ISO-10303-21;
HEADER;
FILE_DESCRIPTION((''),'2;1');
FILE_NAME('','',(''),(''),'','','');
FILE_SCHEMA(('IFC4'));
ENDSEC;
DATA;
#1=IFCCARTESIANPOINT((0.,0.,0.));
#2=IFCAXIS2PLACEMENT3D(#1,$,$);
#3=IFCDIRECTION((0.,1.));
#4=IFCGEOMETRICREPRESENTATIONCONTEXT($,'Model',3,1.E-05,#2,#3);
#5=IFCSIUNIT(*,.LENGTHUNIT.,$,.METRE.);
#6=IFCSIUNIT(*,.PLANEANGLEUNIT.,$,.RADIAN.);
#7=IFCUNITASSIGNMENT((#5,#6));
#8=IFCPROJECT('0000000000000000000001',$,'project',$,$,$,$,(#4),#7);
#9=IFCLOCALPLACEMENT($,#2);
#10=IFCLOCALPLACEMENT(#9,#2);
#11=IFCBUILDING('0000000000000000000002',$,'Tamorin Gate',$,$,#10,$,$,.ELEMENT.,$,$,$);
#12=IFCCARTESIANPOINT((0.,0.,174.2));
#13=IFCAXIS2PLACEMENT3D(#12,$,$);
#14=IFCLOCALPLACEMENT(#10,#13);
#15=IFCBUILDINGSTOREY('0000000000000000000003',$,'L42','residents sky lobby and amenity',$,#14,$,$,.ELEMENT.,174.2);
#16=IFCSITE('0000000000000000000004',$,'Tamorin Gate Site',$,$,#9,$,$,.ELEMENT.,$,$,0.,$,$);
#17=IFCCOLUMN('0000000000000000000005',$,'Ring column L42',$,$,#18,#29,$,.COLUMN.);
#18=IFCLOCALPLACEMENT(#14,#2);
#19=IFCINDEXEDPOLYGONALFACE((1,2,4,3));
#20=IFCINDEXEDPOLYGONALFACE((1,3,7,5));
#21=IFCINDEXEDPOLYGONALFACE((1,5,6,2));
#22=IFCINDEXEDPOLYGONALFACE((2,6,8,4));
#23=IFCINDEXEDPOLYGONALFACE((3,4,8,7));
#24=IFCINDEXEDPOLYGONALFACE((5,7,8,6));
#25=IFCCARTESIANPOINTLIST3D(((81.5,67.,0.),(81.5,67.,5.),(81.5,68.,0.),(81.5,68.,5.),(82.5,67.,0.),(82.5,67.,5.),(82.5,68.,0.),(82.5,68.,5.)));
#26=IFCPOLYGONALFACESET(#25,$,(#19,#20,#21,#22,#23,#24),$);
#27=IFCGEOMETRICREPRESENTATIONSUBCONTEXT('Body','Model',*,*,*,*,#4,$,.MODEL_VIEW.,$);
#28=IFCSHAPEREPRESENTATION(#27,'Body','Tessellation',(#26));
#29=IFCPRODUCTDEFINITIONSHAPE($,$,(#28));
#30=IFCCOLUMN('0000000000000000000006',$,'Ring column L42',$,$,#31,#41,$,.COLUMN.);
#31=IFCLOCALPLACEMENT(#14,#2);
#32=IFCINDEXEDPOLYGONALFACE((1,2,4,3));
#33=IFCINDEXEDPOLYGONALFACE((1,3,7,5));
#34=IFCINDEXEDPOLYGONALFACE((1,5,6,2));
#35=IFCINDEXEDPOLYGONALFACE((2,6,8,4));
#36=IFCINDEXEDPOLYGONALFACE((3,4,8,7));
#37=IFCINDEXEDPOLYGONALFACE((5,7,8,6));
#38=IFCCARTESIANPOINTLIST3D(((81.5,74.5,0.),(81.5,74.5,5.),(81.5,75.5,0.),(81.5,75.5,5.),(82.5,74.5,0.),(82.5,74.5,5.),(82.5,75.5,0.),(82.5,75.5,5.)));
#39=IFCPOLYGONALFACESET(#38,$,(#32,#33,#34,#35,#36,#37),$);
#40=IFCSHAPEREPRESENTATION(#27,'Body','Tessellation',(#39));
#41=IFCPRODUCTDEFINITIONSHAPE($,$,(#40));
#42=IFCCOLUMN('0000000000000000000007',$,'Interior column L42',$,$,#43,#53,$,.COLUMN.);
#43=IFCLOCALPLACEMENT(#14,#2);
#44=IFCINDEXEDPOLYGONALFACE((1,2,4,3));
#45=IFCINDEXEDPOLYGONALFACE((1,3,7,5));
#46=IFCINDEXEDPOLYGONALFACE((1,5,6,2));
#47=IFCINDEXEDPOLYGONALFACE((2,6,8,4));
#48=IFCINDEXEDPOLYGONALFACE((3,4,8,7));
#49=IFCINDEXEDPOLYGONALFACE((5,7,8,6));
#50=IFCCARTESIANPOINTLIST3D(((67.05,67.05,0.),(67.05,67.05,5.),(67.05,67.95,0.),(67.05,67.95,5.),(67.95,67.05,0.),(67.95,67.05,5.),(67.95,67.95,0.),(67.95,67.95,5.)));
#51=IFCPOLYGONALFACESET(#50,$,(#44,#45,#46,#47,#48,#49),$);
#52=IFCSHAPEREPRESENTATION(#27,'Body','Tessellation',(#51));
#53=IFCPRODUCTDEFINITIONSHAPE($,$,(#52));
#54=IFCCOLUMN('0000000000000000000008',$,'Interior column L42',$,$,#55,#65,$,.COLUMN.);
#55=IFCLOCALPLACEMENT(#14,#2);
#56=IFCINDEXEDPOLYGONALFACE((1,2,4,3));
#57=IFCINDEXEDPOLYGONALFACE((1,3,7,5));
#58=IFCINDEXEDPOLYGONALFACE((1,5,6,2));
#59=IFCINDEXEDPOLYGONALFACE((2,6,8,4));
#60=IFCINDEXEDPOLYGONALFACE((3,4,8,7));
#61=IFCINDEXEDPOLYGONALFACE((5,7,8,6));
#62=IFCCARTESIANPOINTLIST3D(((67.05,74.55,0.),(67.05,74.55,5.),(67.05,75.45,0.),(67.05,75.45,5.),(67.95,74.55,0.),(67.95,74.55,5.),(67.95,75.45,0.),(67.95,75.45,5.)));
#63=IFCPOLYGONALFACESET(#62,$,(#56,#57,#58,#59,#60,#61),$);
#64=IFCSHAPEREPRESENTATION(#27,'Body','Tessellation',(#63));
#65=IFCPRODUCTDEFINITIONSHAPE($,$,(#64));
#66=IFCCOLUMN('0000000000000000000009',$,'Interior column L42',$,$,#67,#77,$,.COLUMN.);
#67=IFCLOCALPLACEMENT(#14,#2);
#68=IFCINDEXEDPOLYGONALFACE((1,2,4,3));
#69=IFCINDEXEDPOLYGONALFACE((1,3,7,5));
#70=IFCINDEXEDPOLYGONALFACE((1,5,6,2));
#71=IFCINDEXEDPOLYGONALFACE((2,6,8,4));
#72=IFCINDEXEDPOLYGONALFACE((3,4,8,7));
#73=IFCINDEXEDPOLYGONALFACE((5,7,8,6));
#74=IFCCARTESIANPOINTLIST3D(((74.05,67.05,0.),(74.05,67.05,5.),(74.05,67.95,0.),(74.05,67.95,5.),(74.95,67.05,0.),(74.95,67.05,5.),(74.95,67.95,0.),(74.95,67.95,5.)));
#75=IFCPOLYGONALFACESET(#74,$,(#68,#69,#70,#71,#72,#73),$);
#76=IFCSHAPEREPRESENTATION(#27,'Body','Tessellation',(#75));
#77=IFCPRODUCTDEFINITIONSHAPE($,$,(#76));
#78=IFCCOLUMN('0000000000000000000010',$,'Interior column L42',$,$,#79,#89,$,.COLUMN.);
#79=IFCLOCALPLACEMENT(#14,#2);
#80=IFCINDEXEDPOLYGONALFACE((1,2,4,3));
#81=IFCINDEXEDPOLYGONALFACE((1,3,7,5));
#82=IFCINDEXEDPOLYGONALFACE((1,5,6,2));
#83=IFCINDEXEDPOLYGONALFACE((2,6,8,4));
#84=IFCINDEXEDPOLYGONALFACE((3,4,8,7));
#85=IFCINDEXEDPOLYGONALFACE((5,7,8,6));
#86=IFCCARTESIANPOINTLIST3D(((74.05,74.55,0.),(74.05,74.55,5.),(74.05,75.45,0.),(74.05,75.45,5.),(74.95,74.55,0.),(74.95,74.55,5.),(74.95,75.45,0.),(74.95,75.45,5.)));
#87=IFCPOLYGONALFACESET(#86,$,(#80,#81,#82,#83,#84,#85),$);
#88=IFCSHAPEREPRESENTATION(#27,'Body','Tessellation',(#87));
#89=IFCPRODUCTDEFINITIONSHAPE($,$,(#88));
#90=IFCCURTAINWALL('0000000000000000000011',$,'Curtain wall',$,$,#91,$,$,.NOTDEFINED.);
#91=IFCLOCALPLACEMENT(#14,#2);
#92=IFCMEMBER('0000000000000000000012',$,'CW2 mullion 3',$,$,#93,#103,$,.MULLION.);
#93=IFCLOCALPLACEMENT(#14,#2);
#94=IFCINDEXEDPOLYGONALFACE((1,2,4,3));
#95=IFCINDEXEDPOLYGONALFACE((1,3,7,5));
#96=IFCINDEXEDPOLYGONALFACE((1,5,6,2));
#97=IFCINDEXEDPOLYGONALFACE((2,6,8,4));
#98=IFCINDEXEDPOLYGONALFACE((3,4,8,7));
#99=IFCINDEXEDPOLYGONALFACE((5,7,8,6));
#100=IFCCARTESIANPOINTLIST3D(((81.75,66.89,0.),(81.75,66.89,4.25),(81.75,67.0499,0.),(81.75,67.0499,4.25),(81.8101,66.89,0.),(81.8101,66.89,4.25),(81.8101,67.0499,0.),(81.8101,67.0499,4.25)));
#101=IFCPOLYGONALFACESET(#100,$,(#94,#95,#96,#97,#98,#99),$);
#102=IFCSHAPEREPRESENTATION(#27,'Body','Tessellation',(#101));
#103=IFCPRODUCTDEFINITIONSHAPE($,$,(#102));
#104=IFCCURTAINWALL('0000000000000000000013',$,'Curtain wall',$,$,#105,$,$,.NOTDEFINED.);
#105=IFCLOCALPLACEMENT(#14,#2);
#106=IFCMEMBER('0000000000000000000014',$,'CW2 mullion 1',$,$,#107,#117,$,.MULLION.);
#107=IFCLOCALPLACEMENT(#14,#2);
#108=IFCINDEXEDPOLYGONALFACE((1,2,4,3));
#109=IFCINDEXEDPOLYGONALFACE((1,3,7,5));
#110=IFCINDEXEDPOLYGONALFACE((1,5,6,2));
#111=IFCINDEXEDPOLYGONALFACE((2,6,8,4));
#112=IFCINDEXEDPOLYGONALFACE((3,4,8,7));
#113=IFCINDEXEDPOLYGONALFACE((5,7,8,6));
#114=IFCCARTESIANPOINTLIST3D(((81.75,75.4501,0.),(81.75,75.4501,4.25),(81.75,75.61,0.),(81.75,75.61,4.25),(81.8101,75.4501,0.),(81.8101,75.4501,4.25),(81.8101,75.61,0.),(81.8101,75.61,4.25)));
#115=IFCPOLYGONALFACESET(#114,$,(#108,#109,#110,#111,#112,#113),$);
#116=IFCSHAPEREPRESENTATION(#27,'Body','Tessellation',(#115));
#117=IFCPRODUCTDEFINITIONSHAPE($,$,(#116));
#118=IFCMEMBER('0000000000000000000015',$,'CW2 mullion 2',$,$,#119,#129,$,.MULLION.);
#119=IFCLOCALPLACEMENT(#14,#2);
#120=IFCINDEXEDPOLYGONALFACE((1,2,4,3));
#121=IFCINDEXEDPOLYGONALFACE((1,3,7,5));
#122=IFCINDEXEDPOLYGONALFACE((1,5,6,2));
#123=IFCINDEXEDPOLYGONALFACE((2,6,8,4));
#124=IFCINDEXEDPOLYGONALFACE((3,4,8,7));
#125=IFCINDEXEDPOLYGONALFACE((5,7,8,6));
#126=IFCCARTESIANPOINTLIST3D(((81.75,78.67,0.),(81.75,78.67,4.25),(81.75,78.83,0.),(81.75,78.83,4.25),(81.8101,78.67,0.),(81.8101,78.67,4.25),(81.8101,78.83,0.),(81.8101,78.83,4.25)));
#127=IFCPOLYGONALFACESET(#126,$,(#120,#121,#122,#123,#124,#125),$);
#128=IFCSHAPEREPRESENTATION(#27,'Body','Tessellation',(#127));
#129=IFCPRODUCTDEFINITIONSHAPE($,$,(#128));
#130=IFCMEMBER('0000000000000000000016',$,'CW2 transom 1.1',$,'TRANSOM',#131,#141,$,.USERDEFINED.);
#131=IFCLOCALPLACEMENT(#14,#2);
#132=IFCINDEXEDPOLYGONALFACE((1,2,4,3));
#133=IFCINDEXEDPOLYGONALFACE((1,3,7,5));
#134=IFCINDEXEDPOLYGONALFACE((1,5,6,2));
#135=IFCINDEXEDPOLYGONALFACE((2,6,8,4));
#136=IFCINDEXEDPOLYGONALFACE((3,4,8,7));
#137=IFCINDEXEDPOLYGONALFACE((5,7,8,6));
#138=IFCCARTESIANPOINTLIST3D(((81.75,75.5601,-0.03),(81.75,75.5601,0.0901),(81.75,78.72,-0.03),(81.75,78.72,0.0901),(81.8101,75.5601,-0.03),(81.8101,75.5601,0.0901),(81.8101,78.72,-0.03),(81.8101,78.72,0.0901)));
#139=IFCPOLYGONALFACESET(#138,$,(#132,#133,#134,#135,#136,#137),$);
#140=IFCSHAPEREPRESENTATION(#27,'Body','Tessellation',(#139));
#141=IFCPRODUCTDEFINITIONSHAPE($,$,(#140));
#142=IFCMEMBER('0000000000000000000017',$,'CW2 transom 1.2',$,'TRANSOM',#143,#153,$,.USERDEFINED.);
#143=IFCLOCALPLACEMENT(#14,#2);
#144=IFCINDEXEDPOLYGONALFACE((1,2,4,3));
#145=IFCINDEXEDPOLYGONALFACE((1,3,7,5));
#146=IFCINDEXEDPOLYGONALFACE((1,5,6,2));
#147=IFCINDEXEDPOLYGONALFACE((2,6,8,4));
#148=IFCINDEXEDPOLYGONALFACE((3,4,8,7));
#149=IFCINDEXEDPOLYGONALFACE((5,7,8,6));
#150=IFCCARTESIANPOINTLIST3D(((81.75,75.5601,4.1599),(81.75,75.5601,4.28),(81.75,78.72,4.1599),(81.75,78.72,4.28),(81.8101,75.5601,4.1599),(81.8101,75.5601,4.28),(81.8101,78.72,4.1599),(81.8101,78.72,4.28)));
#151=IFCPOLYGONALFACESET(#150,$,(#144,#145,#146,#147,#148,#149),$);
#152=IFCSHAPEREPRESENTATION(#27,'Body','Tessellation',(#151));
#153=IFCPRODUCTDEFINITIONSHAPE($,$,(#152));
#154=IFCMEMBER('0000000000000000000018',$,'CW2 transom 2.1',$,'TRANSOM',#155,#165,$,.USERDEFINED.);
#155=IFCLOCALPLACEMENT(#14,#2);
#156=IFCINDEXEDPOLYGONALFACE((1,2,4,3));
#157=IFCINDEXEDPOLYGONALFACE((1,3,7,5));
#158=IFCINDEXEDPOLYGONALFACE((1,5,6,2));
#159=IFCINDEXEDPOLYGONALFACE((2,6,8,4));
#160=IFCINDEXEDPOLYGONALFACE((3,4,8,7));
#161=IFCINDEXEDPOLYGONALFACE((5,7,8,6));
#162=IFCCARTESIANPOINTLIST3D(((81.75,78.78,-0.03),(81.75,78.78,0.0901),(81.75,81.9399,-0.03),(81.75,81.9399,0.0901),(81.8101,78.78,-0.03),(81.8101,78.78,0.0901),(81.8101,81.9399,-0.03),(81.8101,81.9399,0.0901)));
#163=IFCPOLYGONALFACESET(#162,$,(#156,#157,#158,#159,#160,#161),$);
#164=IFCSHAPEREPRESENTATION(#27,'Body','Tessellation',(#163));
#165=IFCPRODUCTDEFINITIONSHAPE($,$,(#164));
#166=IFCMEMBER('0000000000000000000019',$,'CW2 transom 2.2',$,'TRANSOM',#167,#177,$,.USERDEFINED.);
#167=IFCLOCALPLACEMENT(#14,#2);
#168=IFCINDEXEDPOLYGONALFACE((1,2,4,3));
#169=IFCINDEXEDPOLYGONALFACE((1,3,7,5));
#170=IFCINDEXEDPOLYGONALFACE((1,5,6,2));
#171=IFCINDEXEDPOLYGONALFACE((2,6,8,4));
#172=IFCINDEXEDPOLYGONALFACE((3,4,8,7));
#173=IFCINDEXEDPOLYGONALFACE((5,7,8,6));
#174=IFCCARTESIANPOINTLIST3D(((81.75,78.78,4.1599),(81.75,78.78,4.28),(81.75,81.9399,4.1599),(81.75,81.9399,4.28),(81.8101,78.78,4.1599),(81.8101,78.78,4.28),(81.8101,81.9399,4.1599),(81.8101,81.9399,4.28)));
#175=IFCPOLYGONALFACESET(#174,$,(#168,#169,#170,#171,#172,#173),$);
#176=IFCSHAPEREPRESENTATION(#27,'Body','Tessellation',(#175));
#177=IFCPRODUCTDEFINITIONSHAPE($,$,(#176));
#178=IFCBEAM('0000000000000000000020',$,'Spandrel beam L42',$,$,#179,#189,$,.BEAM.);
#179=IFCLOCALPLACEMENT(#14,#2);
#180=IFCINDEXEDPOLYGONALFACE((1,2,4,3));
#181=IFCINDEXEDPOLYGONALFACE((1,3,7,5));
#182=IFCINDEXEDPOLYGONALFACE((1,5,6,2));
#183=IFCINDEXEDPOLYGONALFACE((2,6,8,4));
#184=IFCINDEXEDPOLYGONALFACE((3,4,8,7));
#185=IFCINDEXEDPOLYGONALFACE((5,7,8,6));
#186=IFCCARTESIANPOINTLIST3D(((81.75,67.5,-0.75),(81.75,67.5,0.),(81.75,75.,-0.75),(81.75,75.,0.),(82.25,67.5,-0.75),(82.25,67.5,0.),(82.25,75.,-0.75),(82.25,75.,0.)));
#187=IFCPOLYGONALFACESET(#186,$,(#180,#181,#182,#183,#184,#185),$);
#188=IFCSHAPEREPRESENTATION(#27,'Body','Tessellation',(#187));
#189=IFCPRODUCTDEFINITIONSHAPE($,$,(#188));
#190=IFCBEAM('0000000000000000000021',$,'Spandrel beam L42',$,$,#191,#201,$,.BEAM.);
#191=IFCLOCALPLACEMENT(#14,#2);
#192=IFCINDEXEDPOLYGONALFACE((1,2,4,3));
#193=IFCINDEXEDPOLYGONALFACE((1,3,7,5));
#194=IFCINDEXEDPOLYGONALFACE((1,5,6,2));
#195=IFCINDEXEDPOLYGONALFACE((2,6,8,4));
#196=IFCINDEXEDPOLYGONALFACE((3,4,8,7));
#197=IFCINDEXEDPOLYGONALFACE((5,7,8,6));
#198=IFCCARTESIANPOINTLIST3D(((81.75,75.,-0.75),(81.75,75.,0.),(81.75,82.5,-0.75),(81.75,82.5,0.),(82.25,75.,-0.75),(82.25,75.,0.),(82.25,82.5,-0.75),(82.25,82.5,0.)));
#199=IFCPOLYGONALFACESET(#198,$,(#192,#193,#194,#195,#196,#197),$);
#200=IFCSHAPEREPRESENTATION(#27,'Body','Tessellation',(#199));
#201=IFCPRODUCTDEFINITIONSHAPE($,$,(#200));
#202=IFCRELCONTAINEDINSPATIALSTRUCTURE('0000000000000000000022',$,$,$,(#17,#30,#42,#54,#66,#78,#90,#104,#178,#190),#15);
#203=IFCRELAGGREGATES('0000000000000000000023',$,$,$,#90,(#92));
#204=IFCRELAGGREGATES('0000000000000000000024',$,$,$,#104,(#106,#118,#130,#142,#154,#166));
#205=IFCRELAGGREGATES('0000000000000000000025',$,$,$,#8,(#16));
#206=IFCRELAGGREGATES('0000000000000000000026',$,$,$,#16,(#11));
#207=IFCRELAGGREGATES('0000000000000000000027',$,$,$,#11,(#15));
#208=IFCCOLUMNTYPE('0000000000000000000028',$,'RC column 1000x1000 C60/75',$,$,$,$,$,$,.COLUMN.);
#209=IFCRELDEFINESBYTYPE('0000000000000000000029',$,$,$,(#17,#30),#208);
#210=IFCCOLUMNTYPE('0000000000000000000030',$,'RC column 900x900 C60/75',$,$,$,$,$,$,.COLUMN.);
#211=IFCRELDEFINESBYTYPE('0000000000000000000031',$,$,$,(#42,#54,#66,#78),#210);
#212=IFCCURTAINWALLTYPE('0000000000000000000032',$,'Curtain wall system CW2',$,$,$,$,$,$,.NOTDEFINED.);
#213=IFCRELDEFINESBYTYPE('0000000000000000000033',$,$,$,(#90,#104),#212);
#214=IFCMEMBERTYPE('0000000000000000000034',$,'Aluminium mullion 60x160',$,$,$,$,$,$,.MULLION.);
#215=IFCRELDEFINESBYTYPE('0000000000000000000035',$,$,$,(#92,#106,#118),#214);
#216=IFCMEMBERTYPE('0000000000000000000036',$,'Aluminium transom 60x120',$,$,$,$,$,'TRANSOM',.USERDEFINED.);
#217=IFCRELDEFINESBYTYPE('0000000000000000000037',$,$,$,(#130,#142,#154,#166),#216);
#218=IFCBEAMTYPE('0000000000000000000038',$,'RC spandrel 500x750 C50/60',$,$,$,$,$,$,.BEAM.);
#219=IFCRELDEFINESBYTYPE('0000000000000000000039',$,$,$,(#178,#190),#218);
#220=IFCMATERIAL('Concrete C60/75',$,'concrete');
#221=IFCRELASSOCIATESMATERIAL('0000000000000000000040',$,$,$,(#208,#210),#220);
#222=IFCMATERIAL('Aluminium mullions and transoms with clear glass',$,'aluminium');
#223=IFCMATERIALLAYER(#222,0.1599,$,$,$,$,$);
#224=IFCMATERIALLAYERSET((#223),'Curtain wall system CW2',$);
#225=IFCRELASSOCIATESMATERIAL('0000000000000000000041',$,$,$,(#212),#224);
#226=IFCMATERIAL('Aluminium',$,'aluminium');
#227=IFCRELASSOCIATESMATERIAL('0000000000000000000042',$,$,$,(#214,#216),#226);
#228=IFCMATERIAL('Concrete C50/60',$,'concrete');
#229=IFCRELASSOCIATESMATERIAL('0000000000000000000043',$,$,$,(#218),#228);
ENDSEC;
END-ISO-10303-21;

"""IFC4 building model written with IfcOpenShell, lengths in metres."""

from ifc_helpers import new_model, si_unit, direction, frame, origin, origin_2d, place, context, subcontext, project, spatial, rectangle, extrude, material, layer, layer_set, material_profile, profile_set, type_object, element, aggregate, save


model = new_model("IFC4")

# Units and contexts
model_context = context("Model", 3, precision=1e-05, world=origin(), true_north=direction((0.0, 1.0)))
body_context = subcontext(model_context, "Body", "Model", "MODEL_VIEW")
ifc_project = project(units=[si_unit("LENGTHUNIT", "METRE"), si_unit("PLANEANGLEUNIT", "RADIAN")], contexts=[model_context])

# Site, building, storey
site_placement = place(None, origin())
site = spatial("IfcSite", under=ifc_project, at=site_placement, Name="Tamorin Gate Site", CompositionType="ELEMENT", RefElevation=0.0)
building_placement = place(site_placement, origin())
building = spatial("IfcBuilding", under=site, at=building_placement, Name="Tamorin Gate", CompositionType="ELEMENT")
storey_placement = place(building_placement, frame((0.0, 0.0, 174.2)))
storey = spatial("IfcBuildingStorey", under=building, at=storey_placement, Name="L42", Description="residents sky lobby and amenity", CompositionType="ELEMENT", Elevation=174.2)

# Columns
ifc_material_1 = material(Name="Concrete C60/75", Category="concrete")
ifc_material_profile_1 = material_profile(ifc_material_1, rectangle(XDim=1.0, YDim=1.0, at=origin_2d()), Name="RC 1000x1000")
ifc_profile_set_1 = profile_set([ifc_material_profile_1], Name="Concrete C60/75")
column_type_1 = type_object("IfcColumnType", Name="RC column 1000x1000 C60/75", PredefinedType="COLUMN", material=ifc_profile_set_1)
for number, where, z_axis, x_axis, name in (
    (1, (82.0, 67.5, 0.0), (0.0, 0.0, 1.0), (1.0, 0.0, 0.0), "Ring column L42"),
    (2, (82.0, 75.0, 0.0), (0.0, 0.0, 1.0), (1.0, 0.0, 0.0), "Ring column L42"),
):
    element("IfcColumn", number, at=place(storey_placement, frame(where, z_axis=z_axis, x_axis=x_axis)), inside=storey, type_object=column_type_1, Name=name, PredefinedType="COLUMN", context=body_context, shape_type="SweptSolid", body=[
        extrude(rectangle(XDim=1.0, YDim=1.0, at=origin_2d()), origin(), (0.0, 0.0, 1.0), 5.0),
    ])
ifc_material_profile_2 = material_profile(ifc_material_1, rectangle(XDim=0.8999, YDim=0.8999, at=origin_2d()), Name="RC 900x900")
ifc_profile_set_2 = profile_set([ifc_material_profile_2], Name="Concrete C60/75")
column_type_2 = type_object("IfcColumnType", Name="RC column 900x900 C60/75", PredefinedType="COLUMN", material=ifc_profile_set_2)
for number, where, z_axis, x_axis, name in (
    (3, (67.5, 67.5, 0.0), (0.0, 0.0, 1.0), (1.0, 0.0, 0.0), "Interior column L42"),
    (4, (67.5, 75.0, 0.0), (0.0, 0.0, 1.0), (1.0, 0.0, 0.0), "Interior column L42"),
    (5, (74.5, 67.5, 0.0), (0.0, 0.0, 1.0), (1.0, 0.0, 0.0), "Interior column L42"),
    (6, (74.5, 75.0, 0.0), (0.0, 0.0, 1.0), (1.0, 0.0, 0.0), "Interior column L42"),
):
    element("IfcColumn", number, at=place(storey_placement, frame(where, z_axis=z_axis, x_axis=x_axis)), inside=storey, type_object=column_type_2, Name=name, PredefinedType="COLUMN", context=body_context, shape_type="SweptSolid", body=[
        extrude(rectangle(XDim=0.8999, YDim=0.8999, at=origin_2d()), origin(), (0.0, 0.0, 1.0), 5.0),
    ])

# Curtain wall, member
ifc_material_2 = material(Name="Aluminium mullions and transoms with clear glass", Category="aluminium")
ifc_layer_1 = layer(ifc_material_2, 0.1599)
ifc_layer_set_1 = layer_set([ifc_layer_1], Name="Curtain wall system CW2")
curtain_wall_type = type_object("IfcCurtainWallType", Name="Curtain wall system CW2", PredefinedType="NOTDEFINED", material=ifc_layer_set_1)
curtain_wall_1_placement = place(storey_placement, origin())
curtain_wall_1 = element("IfcCurtainWall", 7, at=curtain_wall_1_placement, inside=storey, type_object=curtain_wall_type, Name="Curtain wall", PredefinedType="NOTDEFINED")
ifc_material_3 = material(Name="Aluminium", Category="aluminium")
ifc_material_profile_3 = material_profile(ifc_material_3, rectangle(XDim=0.0601, YDim=0.1599, at=origin_2d()), Name="RECT 60x160")
ifc_profile_set_3 = profile_set([ifc_material_profile_3], Name="Aluminium")
member_type_1 = type_object("IfcMemberType", Name="Aluminium mullion 60x160", PredefinedType="MULLION", material=ifc_profile_set_3)
member_1_placement = place(storey_placement, frame((81.78, 66.97, 0.0), z_axis=(0.0, 0.0, 1.0), x_axis=(-1.0, 0.0, 0.0)))
member_1 = element("IfcMember", 8, at=member_1_placement, type_object=member_type_1, Name="CW2 mullion 3", PredefinedType="MULLION", context=body_context, shape_type="SweptSolid", body=[
    extrude(rectangle(XDim=0.0601, YDim=0.1599, at=origin_2d()), origin(), (0.0, 0.0, 1.0), 4.25),
])

# Curtain wall, members
curtain_wall_2_placement = place(storey_placement, origin())
curtain_wall_2 = element("IfcCurtainWall", 9, at=curtain_wall_2_placement, inside=storey, type_object=curtain_wall_type, Name="Curtain wall", PredefinedType="NOTDEFINED")
member_2_placement = place(storey_placement, frame((81.78, 75.53, 0.0), z_axis=(0.0, 0.0, 1.0), x_axis=(-1.0, 0.0, 0.0)))
member_2 = element("IfcMember", 10, at=member_2_placement, type_object=member_type_1, Name="CW2 mullion 1", PredefinedType="MULLION", context=body_context, shape_type="SweptSolid", body=[
    extrude(rectangle(XDim=0.0601, YDim=0.1599, at=origin_2d()), origin(), (0.0, 0.0, 1.0), 4.25),
])
member_3_placement = place(storey_placement, frame((81.78, 78.75, 0.0), z_axis=(0.0, 0.0, 1.0), x_axis=(-1.0, 0.0, 0.0)))
member_3 = element("IfcMember", 11, at=member_3_placement, type_object=member_type_1, Name="CW2 mullion 2", PredefinedType="MULLION", context=body_context, shape_type="SweptSolid", body=[
    extrude(rectangle(XDim=0.0601, YDim=0.1599, at=origin_2d()), origin(), (0.0, 0.0, 1.0), 4.25),
])
ifc_material_profile_4 = material_profile(ifc_material_3, rectangle(XDim=0.0601, YDim=0.1201, at=origin_2d()), Name="RECT 60x120")
ifc_profile_set_4 = profile_set([ifc_material_profile_4], Name="Aluminium")
member_type_2 = type_object("IfcMemberType", Name="Aluminium transom 60x120", ElementType="TRANSOM", PredefinedType="USERDEFINED", material=ifc_profile_set_4)
member_4_placement = place(storey_placement, frame((81.78, 75.5601, 0.03), z_axis=(0.0, 1.0, 0.0), x_axis=(-1.0, 0.0, 0.0)))
member_4 = element("IfcMember", 12, at=member_4_placement, type_object=member_type_2, Name="CW2 transom 1.1", ObjectType="TRANSOM", PredefinedType="USERDEFINED", context=body_context, shape_type="SweptSolid", body=[
    extrude(rectangle(XDim=0.0601, YDim=0.1201, at=origin_2d()), origin(), (0.0, 0.0, 1.0), 3.1599),
])
member_5_placement = place(storey_placement, frame((81.78, 75.5601, 4.22), z_axis=(0.0, 1.0, 0.0), x_axis=(-1.0, 0.0, 0.0)))
member_5 = element("IfcMember", 13, at=member_5_placement, type_object=member_type_2, Name="CW2 transom 1.2", ObjectType="TRANSOM", PredefinedType="USERDEFINED", context=body_context, shape_type="SweptSolid", body=[
    extrude(rectangle(XDim=0.0601, YDim=0.1201, at=origin_2d()), origin(), (0.0, 0.0, 1.0), 3.1599),
])
member_6_placement = place(storey_placement, frame((81.78, 78.78, 0.03), z_axis=(0.0, 1.0, 0.0), x_axis=(-1.0, 0.0, 0.0)))
member_6 = element("IfcMember", 14, at=member_6_placement, type_object=member_type_2, Name="CW2 transom 2.1", ObjectType="TRANSOM", PredefinedType="USERDEFINED", context=body_context, shape_type="SweptSolid", body=[
    extrude(rectangle(XDim=0.0601, YDim=0.1201, at=origin_2d()), origin(), (0.0, 0.0, 1.0), 3.1599),
])
member_7_placement = place(storey_placement, frame((81.78, 78.78, 4.22), z_axis=(0.0, 1.0, 0.0), x_axis=(-1.0, 0.0, 0.0)))
member_7 = element("IfcMember", 15, at=member_7_placement, type_object=member_type_2, Name="CW2 transom 2.2", ObjectType="TRANSOM", PredefinedType="USERDEFINED", context=body_context, shape_type="SweptSolid", body=[
    extrude(rectangle(XDim=0.0601, YDim=0.1201, at=origin_2d()), origin(), (0.0, 0.0, 1.0), 3.1599),
])

# Beams
ifc_material_4 = material(Name="Concrete C50/60", Category="concrete")
ifc_material_profile_5 = material_profile(ifc_material_4, rectangle(XDim=0.5, YDim=0.75, at=origin_2d()), Name="RC 500x750")
ifc_profile_set_5 = profile_set([ifc_material_profile_5], Name="Concrete C50/60")
beam_type = type_object("IfcBeamType", Name="RC spandrel 500x750 C50/60", PredefinedType="BEAM", material=ifc_profile_set_5)
for number, where, z_axis, x_axis, name in (
    (16, (82.0, 67.5, -0.375), (0.0, 1.0, 0.0), (-1.0, 0.0, 0.0), "Spandrel beam L42"),
    (17, (82.0, 75.0, -0.375), (0.0, 1.0, 0.0), (-1.0, 0.0, 0.0), "Spandrel beam L42"),
):
    element("IfcBeam", number, at=place(storey_placement, frame(where, z_axis=z_axis, x_axis=x_axis)), inside=storey, type_object=beam_type, Name=name, PredefinedType="BEAM", context=body_context, shape_type="SweptSolid", body=[
        extrude(rectangle(XDim=0.5, YDim=0.75, at=origin_2d()), origin(), (0.0, 0.0, 1.0), 7.5),
    ])

aggregate(curtain_wall_1, [member_1])
aggregate(curtain_wall_2, [member_2, member_3, member_4, member_5, member_6, member_7])

save(model, "model.ifc")
